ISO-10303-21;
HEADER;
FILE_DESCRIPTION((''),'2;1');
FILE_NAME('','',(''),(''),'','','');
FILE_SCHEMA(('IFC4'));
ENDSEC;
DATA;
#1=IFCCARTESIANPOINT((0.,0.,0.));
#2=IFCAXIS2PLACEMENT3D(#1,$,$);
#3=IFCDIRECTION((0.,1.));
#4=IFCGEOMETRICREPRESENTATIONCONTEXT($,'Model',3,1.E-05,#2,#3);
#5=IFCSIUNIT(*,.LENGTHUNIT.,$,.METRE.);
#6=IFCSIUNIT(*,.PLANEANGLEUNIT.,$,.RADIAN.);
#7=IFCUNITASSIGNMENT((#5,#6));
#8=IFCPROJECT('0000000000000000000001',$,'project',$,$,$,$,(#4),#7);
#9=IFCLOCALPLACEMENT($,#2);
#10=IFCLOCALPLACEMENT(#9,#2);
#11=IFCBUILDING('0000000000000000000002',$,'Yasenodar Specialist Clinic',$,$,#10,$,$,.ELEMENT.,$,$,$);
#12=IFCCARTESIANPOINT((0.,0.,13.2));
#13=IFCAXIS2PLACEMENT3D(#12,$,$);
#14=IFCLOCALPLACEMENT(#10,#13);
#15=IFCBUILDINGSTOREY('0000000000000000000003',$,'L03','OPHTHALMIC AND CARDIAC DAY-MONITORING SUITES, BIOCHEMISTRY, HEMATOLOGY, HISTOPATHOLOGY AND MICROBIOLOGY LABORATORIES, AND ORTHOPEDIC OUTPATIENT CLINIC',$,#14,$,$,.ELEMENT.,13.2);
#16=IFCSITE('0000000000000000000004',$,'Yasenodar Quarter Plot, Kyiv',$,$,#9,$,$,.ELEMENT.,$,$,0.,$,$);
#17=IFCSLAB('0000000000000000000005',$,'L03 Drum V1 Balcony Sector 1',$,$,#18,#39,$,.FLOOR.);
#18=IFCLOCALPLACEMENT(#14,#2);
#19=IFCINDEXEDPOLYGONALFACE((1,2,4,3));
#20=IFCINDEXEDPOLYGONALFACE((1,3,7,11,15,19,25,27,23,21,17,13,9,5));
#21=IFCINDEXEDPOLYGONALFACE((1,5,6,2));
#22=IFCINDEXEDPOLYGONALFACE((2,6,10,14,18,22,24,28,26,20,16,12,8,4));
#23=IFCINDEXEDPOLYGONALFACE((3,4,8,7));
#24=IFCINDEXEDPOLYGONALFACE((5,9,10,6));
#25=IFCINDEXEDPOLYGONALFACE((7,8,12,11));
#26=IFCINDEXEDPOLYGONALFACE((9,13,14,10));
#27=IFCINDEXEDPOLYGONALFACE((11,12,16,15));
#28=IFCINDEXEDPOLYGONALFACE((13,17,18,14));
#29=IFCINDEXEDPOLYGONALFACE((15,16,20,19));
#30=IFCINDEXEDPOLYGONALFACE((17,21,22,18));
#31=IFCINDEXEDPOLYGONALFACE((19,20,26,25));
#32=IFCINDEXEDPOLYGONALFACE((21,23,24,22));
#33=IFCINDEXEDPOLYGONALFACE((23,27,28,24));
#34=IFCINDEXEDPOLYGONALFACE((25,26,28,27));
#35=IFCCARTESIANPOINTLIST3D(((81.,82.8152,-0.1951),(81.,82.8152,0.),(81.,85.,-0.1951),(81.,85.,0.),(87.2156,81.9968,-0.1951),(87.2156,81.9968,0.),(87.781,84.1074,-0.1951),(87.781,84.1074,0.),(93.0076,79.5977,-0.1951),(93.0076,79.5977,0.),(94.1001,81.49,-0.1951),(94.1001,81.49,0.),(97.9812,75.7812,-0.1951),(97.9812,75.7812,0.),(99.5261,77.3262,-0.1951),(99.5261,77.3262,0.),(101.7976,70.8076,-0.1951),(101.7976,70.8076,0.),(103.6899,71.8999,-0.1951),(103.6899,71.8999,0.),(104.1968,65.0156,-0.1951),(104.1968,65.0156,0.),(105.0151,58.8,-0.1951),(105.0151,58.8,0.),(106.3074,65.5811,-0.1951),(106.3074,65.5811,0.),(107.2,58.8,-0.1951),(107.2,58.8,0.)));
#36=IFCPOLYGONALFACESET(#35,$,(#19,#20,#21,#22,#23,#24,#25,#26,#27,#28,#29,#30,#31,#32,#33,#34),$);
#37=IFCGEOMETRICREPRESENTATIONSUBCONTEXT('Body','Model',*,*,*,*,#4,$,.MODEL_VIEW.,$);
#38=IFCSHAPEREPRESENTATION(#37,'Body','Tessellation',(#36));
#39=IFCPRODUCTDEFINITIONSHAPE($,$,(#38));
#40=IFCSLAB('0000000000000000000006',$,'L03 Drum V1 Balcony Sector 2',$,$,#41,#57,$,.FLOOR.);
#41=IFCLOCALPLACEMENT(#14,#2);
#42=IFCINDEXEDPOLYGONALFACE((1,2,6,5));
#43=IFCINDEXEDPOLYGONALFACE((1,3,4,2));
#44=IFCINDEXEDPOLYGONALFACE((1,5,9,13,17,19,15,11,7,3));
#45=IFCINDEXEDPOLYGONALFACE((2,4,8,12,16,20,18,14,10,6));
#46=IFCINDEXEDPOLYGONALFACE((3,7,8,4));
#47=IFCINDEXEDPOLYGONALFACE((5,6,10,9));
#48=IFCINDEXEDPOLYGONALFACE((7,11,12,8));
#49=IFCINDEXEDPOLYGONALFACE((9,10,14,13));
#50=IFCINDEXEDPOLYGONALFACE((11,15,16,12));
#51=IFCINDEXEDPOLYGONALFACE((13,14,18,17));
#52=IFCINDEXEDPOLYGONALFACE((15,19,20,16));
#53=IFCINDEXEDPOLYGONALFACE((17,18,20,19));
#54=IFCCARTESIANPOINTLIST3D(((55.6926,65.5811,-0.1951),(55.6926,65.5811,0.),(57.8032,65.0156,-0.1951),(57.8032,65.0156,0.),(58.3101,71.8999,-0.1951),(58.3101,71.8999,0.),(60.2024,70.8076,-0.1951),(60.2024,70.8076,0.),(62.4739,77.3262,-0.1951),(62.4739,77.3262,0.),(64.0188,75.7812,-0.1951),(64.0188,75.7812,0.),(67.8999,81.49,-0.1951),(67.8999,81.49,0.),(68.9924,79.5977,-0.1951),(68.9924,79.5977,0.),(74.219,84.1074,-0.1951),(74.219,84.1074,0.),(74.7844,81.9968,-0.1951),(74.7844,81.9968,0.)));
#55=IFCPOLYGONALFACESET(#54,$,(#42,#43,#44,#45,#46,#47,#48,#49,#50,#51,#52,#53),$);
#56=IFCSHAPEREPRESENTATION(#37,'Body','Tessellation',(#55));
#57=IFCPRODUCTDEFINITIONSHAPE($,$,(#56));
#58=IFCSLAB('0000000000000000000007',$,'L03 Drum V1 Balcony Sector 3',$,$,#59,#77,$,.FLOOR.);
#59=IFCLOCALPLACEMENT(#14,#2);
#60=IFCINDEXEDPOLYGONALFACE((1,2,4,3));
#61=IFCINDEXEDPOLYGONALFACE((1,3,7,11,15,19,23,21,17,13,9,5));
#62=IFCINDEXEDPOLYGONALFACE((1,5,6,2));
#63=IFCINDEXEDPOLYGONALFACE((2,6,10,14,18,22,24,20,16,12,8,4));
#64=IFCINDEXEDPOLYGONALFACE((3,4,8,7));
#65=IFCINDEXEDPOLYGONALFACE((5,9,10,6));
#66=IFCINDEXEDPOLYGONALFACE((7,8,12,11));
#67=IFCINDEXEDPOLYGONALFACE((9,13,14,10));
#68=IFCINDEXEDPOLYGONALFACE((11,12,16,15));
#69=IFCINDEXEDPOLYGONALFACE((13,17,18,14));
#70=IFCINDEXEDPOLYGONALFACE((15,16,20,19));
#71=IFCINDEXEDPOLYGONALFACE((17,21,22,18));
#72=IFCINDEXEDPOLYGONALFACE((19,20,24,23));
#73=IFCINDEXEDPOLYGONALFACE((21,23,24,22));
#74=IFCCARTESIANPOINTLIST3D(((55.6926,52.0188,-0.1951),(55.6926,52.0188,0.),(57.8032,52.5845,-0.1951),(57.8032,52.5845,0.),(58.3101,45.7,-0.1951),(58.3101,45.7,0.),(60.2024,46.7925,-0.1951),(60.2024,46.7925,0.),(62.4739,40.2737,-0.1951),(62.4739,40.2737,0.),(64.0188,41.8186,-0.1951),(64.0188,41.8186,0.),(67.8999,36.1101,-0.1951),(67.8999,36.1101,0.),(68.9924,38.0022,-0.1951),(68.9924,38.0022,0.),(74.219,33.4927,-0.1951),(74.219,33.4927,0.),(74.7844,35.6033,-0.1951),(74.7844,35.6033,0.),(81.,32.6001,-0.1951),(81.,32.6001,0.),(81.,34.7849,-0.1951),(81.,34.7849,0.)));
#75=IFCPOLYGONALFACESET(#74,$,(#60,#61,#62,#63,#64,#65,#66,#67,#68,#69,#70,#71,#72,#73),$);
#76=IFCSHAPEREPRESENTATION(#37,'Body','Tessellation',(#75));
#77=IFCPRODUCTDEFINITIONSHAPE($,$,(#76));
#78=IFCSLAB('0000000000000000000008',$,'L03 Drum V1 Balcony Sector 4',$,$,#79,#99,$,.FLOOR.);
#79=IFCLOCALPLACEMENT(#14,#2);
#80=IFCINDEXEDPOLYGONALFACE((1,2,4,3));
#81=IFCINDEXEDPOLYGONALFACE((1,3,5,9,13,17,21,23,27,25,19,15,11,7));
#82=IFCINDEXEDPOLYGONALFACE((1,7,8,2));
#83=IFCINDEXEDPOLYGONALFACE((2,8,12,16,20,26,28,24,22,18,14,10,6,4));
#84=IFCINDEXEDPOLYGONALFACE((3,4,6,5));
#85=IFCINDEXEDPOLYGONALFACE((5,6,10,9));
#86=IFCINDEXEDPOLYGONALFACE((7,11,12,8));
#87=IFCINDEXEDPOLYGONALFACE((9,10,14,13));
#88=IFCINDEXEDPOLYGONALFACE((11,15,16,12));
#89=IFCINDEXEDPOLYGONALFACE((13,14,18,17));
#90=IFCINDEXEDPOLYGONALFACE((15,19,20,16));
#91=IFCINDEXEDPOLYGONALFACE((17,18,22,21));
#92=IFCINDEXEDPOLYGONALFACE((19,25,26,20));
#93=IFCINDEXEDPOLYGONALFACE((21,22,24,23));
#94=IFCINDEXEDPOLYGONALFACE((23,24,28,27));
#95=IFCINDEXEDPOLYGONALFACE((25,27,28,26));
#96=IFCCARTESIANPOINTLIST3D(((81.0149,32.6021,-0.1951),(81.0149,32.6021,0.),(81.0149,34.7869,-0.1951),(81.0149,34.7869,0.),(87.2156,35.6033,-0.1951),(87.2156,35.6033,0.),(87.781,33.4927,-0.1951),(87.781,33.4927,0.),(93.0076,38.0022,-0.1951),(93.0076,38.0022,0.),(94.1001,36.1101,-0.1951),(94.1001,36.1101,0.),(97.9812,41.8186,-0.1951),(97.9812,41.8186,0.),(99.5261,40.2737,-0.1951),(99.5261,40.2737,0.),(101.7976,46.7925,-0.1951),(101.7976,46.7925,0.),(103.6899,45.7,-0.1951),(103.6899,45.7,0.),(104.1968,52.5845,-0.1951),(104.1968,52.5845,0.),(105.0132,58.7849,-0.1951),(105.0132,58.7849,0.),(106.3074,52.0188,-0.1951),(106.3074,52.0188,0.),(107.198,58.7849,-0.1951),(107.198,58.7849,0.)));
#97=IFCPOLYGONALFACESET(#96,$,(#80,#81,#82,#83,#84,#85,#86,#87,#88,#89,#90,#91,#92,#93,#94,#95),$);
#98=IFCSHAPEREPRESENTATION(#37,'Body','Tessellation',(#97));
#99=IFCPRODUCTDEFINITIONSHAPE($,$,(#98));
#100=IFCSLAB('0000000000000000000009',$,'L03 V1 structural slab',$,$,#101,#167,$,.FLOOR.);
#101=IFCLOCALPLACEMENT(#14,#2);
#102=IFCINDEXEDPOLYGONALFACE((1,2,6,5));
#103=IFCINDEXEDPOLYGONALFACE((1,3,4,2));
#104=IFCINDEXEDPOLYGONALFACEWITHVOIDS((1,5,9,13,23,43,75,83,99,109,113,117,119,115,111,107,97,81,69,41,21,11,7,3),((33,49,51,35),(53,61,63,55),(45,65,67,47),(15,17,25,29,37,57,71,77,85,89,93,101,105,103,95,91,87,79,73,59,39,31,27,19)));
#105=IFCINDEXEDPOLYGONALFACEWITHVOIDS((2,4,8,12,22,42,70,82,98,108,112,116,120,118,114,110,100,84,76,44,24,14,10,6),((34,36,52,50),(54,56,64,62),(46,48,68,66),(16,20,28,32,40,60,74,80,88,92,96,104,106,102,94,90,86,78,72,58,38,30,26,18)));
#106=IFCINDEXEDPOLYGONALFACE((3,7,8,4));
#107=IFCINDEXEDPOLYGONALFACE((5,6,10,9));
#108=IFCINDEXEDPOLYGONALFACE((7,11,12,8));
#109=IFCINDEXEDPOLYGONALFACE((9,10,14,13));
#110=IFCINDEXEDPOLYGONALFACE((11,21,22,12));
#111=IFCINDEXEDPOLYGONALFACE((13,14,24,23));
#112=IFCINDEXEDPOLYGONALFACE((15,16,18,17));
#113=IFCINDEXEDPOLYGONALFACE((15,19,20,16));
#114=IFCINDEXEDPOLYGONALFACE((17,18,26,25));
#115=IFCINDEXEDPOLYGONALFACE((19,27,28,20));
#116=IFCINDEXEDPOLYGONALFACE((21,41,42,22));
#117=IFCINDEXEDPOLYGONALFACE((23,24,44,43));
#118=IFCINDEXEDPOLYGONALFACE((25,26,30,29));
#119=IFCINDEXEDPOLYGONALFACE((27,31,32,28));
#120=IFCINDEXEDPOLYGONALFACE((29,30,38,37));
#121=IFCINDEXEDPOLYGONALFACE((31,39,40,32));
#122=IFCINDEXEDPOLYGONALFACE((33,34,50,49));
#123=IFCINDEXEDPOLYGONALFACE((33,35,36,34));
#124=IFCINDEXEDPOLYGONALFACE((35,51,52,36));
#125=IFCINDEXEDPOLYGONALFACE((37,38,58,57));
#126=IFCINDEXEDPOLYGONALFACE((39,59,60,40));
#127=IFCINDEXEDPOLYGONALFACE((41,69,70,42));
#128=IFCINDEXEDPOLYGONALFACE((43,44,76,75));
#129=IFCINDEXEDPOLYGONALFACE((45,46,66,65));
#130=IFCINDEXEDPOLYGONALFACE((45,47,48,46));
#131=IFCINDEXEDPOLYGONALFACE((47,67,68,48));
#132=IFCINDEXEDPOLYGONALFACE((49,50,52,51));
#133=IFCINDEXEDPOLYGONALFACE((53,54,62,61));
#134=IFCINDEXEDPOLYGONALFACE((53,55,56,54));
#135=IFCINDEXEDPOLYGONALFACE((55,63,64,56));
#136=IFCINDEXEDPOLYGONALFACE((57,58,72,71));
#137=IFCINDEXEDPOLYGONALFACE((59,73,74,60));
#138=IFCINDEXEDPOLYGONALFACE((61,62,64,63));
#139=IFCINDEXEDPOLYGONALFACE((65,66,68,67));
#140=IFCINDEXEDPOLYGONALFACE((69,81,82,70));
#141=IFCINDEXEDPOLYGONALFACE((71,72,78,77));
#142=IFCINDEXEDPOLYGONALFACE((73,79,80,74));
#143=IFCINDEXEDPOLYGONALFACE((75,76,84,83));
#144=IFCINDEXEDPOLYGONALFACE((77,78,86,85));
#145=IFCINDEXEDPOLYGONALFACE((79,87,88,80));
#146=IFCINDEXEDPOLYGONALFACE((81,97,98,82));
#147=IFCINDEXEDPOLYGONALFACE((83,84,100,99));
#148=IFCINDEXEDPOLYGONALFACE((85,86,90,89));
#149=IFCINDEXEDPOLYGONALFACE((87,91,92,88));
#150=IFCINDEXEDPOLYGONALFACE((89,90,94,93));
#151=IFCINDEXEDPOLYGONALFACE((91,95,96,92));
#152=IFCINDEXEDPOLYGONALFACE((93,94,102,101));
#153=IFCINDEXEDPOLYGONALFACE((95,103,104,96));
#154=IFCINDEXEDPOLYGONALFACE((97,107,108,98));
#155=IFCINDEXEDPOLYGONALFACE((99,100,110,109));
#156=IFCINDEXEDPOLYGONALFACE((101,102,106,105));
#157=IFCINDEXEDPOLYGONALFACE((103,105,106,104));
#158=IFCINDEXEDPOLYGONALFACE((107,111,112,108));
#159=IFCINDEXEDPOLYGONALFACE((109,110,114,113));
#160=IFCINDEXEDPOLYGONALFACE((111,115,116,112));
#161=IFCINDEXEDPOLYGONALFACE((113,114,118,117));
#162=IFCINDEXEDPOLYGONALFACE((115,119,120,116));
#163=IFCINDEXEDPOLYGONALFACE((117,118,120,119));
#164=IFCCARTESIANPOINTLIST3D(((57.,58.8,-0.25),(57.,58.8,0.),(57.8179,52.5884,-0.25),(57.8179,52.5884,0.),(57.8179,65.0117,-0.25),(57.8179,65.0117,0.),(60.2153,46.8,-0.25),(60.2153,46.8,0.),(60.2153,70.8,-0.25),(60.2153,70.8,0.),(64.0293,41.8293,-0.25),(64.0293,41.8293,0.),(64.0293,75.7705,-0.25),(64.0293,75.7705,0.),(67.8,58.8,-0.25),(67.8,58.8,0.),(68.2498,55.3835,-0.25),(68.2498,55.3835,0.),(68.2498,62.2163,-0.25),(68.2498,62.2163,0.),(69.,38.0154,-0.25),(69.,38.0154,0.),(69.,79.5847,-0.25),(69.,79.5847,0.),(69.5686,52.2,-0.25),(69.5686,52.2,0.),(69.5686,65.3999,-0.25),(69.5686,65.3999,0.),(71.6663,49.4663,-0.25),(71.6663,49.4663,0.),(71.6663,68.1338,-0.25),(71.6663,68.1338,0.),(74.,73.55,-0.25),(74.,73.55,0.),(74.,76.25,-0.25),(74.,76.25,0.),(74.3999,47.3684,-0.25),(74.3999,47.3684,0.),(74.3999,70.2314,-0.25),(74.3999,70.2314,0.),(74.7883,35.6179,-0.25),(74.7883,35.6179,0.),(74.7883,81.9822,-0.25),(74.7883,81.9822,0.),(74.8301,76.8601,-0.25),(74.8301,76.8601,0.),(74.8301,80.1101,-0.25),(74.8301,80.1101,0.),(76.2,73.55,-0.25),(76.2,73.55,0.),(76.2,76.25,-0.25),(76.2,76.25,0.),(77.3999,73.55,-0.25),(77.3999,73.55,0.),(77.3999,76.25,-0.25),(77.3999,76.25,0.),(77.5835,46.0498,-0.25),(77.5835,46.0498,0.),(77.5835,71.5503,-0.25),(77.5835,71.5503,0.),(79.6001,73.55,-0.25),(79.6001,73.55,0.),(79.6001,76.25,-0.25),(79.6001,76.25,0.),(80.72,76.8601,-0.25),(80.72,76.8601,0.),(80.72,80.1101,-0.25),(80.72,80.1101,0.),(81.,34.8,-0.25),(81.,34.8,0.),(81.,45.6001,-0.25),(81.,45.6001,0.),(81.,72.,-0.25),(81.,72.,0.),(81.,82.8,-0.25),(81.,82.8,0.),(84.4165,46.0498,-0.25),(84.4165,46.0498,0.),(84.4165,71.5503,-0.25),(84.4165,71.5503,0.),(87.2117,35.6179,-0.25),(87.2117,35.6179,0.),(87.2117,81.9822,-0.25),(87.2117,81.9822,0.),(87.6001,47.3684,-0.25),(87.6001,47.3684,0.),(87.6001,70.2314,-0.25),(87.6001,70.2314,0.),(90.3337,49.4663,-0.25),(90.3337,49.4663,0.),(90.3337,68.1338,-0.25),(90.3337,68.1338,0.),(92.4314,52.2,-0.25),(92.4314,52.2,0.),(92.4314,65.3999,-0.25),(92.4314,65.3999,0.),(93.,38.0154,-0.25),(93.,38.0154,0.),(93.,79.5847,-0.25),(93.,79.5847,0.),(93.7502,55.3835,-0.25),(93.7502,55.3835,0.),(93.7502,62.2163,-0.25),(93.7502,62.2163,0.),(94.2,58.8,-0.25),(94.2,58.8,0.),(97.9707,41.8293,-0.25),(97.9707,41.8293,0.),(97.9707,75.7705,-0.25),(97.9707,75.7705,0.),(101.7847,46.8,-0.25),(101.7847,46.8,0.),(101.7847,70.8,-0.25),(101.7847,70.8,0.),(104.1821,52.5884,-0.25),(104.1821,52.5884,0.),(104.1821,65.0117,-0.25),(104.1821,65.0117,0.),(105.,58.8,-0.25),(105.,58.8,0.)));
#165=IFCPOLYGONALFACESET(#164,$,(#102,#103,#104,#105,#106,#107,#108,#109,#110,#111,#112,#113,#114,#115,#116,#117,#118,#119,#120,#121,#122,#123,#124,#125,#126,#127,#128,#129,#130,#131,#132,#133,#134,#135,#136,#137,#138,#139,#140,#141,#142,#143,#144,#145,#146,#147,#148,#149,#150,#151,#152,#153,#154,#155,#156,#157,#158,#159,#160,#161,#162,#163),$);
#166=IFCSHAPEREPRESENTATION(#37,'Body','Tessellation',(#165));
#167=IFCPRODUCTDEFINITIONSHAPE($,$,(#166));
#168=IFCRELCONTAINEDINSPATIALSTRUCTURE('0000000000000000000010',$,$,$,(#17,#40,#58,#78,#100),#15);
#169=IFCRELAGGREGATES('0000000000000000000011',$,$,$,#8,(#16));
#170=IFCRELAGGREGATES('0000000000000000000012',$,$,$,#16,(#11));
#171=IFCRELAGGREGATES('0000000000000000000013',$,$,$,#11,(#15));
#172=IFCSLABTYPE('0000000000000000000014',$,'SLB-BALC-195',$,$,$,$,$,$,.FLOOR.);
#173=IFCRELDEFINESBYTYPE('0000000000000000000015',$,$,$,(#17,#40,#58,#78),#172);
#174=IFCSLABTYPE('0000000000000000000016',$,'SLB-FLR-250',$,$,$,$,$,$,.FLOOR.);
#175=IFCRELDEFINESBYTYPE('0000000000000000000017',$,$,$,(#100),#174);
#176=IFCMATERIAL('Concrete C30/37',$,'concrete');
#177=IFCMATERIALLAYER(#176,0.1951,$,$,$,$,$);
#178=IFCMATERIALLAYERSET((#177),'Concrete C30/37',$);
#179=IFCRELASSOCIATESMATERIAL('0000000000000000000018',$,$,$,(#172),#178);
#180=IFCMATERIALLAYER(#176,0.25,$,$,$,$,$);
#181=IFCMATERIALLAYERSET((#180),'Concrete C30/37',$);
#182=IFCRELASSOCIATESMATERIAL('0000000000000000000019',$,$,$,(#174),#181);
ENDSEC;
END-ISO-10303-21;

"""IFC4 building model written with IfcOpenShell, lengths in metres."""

from ifc_helpers import new_model, si_unit, direction, frame, origin, place, context, subcontext, project, spatial, polyline, outline, extrude, material, layer, layer_set, type_object, element, save


model = new_model("IFC4")

# Units and contexts
model_context = context("Model", 3, precision=1e-05, world=origin(), true_north=direction((0.0, 1.0)))
body_context = subcontext(model_context, "Body", "Model", "MODEL_VIEW")
ifc_project = project(units=[si_unit("LENGTHUNIT", "METRE"), si_unit("PLANEANGLEUNIT", "RADIAN")], contexts=[model_context])

# Site, building, storey
site_placement = place(None, origin())
site = spatial("IfcSite", under=ifc_project, at=site_placement, Name="Yasenodar Quarter Plot, Kyiv", CompositionType="ELEMENT", RefElevation=0.0)
building_placement = place(site_placement, origin())
building = spatial("IfcBuilding", under=site, at=building_placement, Name="Yasenodar Specialist Clinic", CompositionType="ELEMENT")
storey_placement = place(building_placement, frame((0.0, 0.0, 13.2)))
storey = spatial("IfcBuildingStorey", under=building, at=storey_placement, Name="L03", Description="OPHTHALMIC AND CARDIAC DAY-MONITORING SUITES, BIOCHEMISTRY, HEMATOLOGY, HISTOPATHOLOGY AND MICROBIOLOGY LABORATORIES, AND ORTHOPEDIC OUTPATIENT CLINIC", CompositionType="ELEMENT", Elevation=13.2)

# Slabs
ifc_material_1 = material(Name="Concrete C30/37", Category="concrete")
ifc_layer_1 = layer(ifc_material_1, 0.1951)
ifc_layer_set_1 = layer_set([ifc_layer_1], Name="Concrete C30/37")
slab_type_1 = type_object("IfcSlabType", Name="SLB-BALC-195", PredefinedType="FLOOR", material=ifc_layer_set_1)
slab_1_placement = place(storey_placement, frame((0.0, 0.0, -0.1951)))
element("IfcSlab", 1, at=slab_1_placement, inside=storey, type_object=slab_type_1, Name="L03 Drum V1 Balcony Sector 1", PredefinedType="FLOOR", context=body_context, shape_type="SweptSolid", body=[
    extrude(outline(polyline([(81.0, 85.0), (87.781, 84.1074), (94.1001, 81.49), (99.5261, 77.3262), (103.6899, 71.8999), (106.3074, 65.5811), (107.2, 58.8), (105.0151, 58.8), (104.1968, 65.0156), (101.7976, 70.8076), (97.9812, 75.7812), (93.0076, 79.5977), (87.2156, 81.9968), (81.0, 82.8152), (81.0, 85.0)])), origin(), (0.0, 0.0, 1.0), 0.1951),
])
slab_2_placement = place(storey_placement, frame((0.0, 0.0, -0.1951)))
element("IfcSlab", 2, at=slab_2_placement, inside=storey, type_object=slab_type_1, Name="L03 Drum V1 Balcony Sector 2", PredefinedType="FLOOR", context=body_context, shape_type="SweptSolid", body=[
    extrude(outline(polyline([(55.6926, 65.5811), (58.3101, 71.8999), (62.4739, 77.3262), (67.8999, 81.49), (74.219, 84.1074), (74.7844, 81.9968), (68.9924, 79.5977), (64.0188, 75.7812), (60.2024, 70.8076), (57.8032, 65.0156), (55.6926, 65.5811)])), origin(), (0.0, 0.0, 1.0), 0.1951),
])
slab_3_placement = place(storey_placement, frame((0.0, 0.0, -0.1951)))
element("IfcSlab", 3, at=slab_3_placement, inside=storey, type_object=slab_type_1, Name="L03 Drum V1 Balcony Sector 3", PredefinedType="FLOOR", context=body_context, shape_type="SweptSolid", body=[
    extrude(outline(polyline([(81.0, 32.6001), (74.219, 33.4927), (67.8999, 36.1101), (62.4739, 40.2737), (58.3101, 45.7), (55.6926, 52.0188), (57.8032, 52.5845), (60.2024, 46.7925), (64.0188, 41.8186), (68.9924, 38.0022), (74.7844, 35.6033), (81.0, 34.7849), (81.0, 32.6001)])), origin(), (0.0, 0.0, 1.0), 0.1951),
])
slab_4_placement = place(storey_placement, frame((0.0, 0.0, -0.1951)))
element("IfcSlab", 4, at=slab_4_placement, inside=storey, type_object=slab_type_1, Name="L03 Drum V1 Balcony Sector 4", PredefinedType="FLOOR", context=body_context, shape_type="SweptSolid", body=[
    extrude(outline(polyline([(106.3074, 52.0188), (103.6899, 45.7), (99.5261, 40.2737), (94.1001, 36.1101), (87.781, 33.4927), (81.0149, 32.6021), (81.0149, 34.7869), (87.2156, 35.6033), (93.0076, 38.0022), (97.9812, 41.8186), (101.7976, 46.7925), (104.1968, 52.5845), (105.0132, 58.7849), (107.198, 58.7849), (106.3074, 52.0188)])), origin(), (0.0, 0.0, 1.0), 0.1951),
])
ifc_layer_2 = layer(ifc_material_1, 0.25)
ifc_layer_set_2 = layer_set([ifc_layer_2], Name="Concrete C30/37")
slab_type_2 = type_object("IfcSlabType", Name="SLB-FLR-250", PredefinedType="FLOOR", material=ifc_layer_set_2)
slab_5_placement = place(storey_placement, frame((0.0, 0.0, -0.25)))
element("IfcSlab", 5, at=slab_5_placement, inside=storey, type_object=slab_type_2, Name="L03 V1 structural slab", PredefinedType="FLOOR", context=body_context, shape_type="SweptSolid", body=[
    extrude(outline(polyline([(105.0, 58.8), (104.1821, 65.0117), (101.7847, 70.8), (97.9707, 75.7705), (93.0, 79.5847), (87.2117, 81.9822), (81.0, 82.8), (74.7883, 81.9822), (69.0, 79.5847), (64.0293, 75.7705), (60.2153, 70.8), (57.8179, 65.0117), (57.0, 58.8), (57.8179, 52.5884), (60.2153, 46.8), (64.0293, 41.8293), (69.0, 38.0154), (74.7883, 35.6179), (81.0, 34.8), (87.2117, 35.6179), (93.0, 38.0154), (97.9707, 41.8293), (101.7847, 46.8), (104.1821, 52.5884), (105.0, 58.8)]), holes=[polyline([(74.8301, 76.8601), (80.72, 76.8601), (80.72, 80.1101), (74.8301, 80.1101), (74.8301, 76.8601)]), polyline([(74.0, 73.55), (76.2, 73.55), (76.2, 76.25), (74.0, 76.25), (74.0, 73.55)]), polyline([(77.3999, 73.55), (79.6001, 73.55), (79.6001, 76.25), (77.3999, 76.25), (77.3999, 73.55)]), polyline([(94.2, 58.8), (93.7502, 62.2163), (92.4314, 65.3999), (90.3337, 68.1338), (87.6001, 70.2314), (84.4165, 71.5503), (81.0, 72.0), (77.5835, 71.5503), (74.3999, 70.2314), (71.6663, 68.1338), (69.5686, 65.3999), (68.2498, 62.2163), (67.8, 58.8), (68.2498, 55.3835), (69.5686, 52.2), (71.6663, 49.4663), (74.3999, 47.3684), (77.5835, 46.0498), (81.0, 45.6001), (84.4165, 46.0498), (87.6001, 47.3684), (90.3337, 49.4663), (92.4314, 52.2), (93.7502, 55.3835), (94.2, 58.8)])]), origin(), (0.0, 0.0, 1.0), 0.25),
])

save(model, "model.ifc")
